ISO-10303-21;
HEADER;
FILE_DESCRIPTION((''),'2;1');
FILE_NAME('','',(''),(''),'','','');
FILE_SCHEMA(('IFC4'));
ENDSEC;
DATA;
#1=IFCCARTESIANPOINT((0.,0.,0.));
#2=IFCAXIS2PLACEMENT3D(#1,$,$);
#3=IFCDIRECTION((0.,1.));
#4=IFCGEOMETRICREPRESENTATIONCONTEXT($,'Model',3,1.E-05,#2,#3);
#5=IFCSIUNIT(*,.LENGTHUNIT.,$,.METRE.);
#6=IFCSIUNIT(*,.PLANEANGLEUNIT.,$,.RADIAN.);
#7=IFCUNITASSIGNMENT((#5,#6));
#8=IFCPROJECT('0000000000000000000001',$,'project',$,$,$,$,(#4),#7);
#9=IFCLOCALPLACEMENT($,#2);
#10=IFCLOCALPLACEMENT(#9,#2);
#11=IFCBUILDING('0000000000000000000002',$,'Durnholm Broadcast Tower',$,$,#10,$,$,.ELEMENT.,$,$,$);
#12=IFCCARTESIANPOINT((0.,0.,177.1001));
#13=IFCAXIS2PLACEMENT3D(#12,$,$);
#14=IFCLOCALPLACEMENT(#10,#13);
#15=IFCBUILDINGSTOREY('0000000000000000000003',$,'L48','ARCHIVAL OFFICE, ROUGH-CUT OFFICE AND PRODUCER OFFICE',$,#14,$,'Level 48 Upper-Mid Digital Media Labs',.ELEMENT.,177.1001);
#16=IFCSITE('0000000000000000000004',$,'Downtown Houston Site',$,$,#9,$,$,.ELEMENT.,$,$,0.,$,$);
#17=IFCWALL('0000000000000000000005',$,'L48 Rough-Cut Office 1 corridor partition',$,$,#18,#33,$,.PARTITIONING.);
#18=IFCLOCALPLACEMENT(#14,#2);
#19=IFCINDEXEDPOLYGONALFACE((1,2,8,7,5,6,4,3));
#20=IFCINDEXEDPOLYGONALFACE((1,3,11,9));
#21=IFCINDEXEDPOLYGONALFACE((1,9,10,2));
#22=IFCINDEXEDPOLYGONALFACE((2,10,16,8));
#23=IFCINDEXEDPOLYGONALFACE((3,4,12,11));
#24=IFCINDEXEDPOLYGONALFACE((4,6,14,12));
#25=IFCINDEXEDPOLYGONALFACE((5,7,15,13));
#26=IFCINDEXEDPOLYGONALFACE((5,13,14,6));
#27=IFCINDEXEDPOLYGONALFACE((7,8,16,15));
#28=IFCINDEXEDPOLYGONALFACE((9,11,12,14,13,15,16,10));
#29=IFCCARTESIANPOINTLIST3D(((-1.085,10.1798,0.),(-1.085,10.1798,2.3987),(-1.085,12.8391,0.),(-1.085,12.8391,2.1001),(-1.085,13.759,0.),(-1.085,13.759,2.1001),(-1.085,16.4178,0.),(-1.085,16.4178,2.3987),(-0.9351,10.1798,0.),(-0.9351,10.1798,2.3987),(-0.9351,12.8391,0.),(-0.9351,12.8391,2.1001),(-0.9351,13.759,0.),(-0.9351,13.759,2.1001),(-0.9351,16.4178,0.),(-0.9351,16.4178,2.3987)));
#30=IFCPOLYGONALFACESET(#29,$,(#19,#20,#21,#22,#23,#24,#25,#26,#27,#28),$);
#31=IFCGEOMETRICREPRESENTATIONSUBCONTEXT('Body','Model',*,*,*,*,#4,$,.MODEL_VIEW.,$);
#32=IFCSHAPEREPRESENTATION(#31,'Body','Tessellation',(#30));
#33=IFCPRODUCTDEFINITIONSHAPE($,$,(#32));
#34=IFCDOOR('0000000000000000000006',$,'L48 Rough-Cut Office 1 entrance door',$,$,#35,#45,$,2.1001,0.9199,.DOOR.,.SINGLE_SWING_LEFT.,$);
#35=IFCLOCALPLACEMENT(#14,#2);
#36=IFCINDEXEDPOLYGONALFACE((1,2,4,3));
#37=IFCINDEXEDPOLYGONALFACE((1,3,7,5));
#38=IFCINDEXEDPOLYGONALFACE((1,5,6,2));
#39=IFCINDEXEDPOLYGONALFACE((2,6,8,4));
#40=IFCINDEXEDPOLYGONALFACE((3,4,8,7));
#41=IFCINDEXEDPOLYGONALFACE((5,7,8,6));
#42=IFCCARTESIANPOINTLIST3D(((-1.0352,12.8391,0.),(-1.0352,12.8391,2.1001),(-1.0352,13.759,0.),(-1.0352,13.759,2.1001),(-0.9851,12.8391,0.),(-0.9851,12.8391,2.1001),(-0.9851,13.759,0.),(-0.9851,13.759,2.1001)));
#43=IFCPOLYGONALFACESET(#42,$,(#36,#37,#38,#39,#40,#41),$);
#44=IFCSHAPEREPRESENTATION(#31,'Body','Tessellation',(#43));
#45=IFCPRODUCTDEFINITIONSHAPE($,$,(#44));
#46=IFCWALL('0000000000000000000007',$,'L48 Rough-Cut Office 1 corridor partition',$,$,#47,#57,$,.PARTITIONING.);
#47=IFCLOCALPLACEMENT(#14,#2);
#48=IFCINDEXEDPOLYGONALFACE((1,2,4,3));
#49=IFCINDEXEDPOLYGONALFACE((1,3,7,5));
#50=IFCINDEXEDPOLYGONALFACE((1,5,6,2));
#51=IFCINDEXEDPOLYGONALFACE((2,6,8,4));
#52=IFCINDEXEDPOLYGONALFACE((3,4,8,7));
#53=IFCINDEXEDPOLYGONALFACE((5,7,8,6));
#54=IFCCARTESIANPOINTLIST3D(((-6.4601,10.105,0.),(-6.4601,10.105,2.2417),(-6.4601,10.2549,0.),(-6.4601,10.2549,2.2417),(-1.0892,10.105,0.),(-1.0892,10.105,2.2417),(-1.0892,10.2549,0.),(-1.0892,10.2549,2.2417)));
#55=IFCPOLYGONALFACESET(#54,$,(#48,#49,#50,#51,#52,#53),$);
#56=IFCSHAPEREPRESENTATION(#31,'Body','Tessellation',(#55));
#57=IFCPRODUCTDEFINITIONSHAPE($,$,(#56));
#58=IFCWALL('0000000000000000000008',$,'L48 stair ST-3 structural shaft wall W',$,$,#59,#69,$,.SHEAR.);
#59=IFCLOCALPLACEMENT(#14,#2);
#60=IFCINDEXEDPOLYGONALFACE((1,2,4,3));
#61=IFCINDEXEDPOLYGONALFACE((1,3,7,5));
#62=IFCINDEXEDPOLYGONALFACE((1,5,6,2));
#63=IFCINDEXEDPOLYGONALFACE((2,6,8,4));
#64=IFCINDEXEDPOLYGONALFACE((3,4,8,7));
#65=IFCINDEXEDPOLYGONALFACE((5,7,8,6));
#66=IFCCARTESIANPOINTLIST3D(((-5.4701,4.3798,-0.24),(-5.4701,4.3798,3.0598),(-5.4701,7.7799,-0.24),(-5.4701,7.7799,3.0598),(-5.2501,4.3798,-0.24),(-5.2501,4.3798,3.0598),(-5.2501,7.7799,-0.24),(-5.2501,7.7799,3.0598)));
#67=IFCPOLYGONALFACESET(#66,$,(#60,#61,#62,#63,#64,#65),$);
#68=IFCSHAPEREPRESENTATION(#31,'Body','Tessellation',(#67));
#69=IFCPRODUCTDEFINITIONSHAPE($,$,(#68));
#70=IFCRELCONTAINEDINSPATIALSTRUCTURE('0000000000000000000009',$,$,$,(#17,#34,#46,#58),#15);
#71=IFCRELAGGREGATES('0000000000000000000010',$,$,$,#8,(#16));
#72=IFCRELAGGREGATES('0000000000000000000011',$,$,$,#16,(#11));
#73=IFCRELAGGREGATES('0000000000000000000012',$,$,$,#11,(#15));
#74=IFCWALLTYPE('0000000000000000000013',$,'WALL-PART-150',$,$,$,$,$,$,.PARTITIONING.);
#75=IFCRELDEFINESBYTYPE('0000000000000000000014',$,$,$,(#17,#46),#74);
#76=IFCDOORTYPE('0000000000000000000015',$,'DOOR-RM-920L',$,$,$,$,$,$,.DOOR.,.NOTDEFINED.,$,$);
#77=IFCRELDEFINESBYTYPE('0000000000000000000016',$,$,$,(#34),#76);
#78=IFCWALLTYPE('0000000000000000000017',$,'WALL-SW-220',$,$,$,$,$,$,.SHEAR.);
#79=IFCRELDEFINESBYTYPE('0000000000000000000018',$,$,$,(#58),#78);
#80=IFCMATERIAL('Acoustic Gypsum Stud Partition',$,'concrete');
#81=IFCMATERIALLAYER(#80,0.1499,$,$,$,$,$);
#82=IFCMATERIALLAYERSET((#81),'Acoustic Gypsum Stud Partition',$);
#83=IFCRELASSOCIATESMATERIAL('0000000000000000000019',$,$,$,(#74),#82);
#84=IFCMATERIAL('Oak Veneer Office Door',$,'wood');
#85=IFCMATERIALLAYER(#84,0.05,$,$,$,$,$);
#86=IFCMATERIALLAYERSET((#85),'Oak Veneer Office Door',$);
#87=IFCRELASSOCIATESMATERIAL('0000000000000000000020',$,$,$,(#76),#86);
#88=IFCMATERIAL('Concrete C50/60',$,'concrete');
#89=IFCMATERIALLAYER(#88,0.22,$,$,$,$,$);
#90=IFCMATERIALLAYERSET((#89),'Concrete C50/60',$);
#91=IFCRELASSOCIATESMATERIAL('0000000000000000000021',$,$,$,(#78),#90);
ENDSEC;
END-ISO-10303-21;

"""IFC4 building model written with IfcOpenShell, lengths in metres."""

from ifc_helpers import new_model, si_unit, direction, frame, frame_2d, origin, place, context, subcontext, project, spatial, rectangle, extrude, source, transform, mapped, material, layer, layer_set, type_object, type_shapes, element, fill, save


model = new_model("IFC4")

# Units and contexts
model_context = context("Model", 3, precision=1e-05, world=origin(), true_north=direction((0.0, 1.0)))
body_context = subcontext(model_context, "Body", "Model", "MODEL_VIEW")
ifc_project = project(units=[si_unit("LENGTHUNIT", "METRE"), si_unit("PLANEANGLEUNIT", "RADIAN")], contexts=[model_context])

# Site, building, storey
site_placement = place(None, origin())
site = spatial("IfcSite", under=ifc_project, at=site_placement, Name="Downtown Houston Site", CompositionType="ELEMENT", RefElevation=0.0)
building_placement = place(site_placement, origin())
building = spatial("IfcBuilding", under=site, at=building_placement, Name="Durnholm Broadcast Tower", CompositionType="ELEMENT")
storey_placement = place(building_placement, frame((0.0, 0.0, 177.1001)))
storey = spatial("IfcBuildingStorey", under=building, at=storey_placement, Name="L48", Description="ARCHIVAL OFFICE, ROUGH-CUT OFFICE AND PRODUCER OFFICE", LongName="Level 48 Upper-Mid Digital Media Labs", CompositionType="ELEMENT", Elevation=177.1001)

# Wall, opening, door
ifc_material_1 = material(Name="Acoustic Gypsum Stud Partition", Category="concrete")
ifc_layer_1 = layer(ifc_material_1, 0.1499)
ifc_layer_set_1 = layer_set([ifc_layer_1], Name="Acoustic Gypsum Stud Partition")
wall_type_1 = type_object("IfcWallType", Name="WALL-PART-150", PredefinedType="PARTITIONING", material=ifc_layer_set_1)
wall_1_placement = place(storey_placement, frame((-1.01, 16.418, 0.0), z_axis=(0.0, 0.0, 1.0), x_axis=(0.0, -1.0, 0.0)))
wall_1 = element("IfcWall", 1, at=wall_1_placement, inside=storey, type_object=wall_type_1, Name="L48 Rough-Cut Office 1 corridor partition", PredefinedType="PARTITIONING", context=body_context, shape_type="SweptSolid", body=[
    extrude(rectangle(XDim=6.238, YDim=0.1499, at=frame_2d((3.1191, 0.0))), origin(), (0.0, 0.0, 1.0), 2.3987),
])
opening_1_placement = place(wall_1_placement, frame((2.6589, 0.0, 0.0)))
opening_1 = element("IfcOpeningElement", 2, at=opening_1_placement, cuts=wall_1, PredefinedType="OPENING", context=body_context, shape_type="SweptSolid", body=[
    extrude(rectangle(XDim=0.9199, YDim=2.1001, at=frame_2d((0.46, 1.05))), frame((0.0, 0.085, 0.0), z_axis=(0.0, -1.0, 0.0), x_axis=(1.0, 0.0, 0.0)), (0.0, 0.0, 1.0), 0.1699),
])
ifc_material_2 = material(Name="Oak Veneer Office Door", Category="wood")
ifc_layer_2 = layer(ifc_material_2, 0.05)
ifc_layer_set_2 = layer_set([ifc_layer_2], Name="Oak Veneer Office Door")
door_type_1 = type_object("IfcDoorType", Name="DOOR-RM-920L", OperationType="NOTDEFINED", PredefinedType="DOOR", material=ifc_layer_set_2)
shared_shape_1 = source(origin(), body_context, "Body", "SweptSolid", [
    extrude(rectangle(XDim=0.9199, YDim=2.1001, at=frame_2d((0.46, 1.05))), frame((0.0, 0.0249, 0.0), z_axis=(0.0, -1.0, 0.0), x_axis=(1.0, 0.0, 0.0)), (0.0, 0.0, 1.0), 0.05),
])
type_shapes(door_type_1, [shared_shape_1])
door_1_placement = place(opening_1_placement, origin())
door_1 = element("IfcDoor", 3, at=door_1_placement, inside=storey, type_object=door_type_1, Name="L48 Rough-Cut Office 1 entrance door", OperationType="SINGLE_SWING_LEFT", OverallHeight=2.1001, OverallWidth=0.9199, PredefinedType="DOOR", context=body_context, shape_type="MappedRepresentation", body=[
    mapped(shared_shape_1, transform((0.0, 0.0, 0.0), x_axis=(1.0, 0.0, 0.0), y_axis=(0.0, 1.0, 0.0), z_axis=(0.0, 0.0, 1.0), scale=1.0)),
])
fill(opening_1, door_1)

# Walls
wall_2_placement = place(storey_placement, frame((-1.0891, 10.1799, 0.0), z_axis=(0.0, 0.0, 1.0), x_axis=(-1.0, 0.0, 0.0)))
element("IfcWall", 4, at=wall_2_placement, inside=storey, type_object=wall_type_1, Name="L48 Rough-Cut Office 1 corridor partition", PredefinedType="PARTITIONING", context=body_context, shape_type="SweptSolid", body=[
    extrude(rectangle(XDim=5.3708, YDim=0.1499, at=frame_2d((2.6855, 0.0))), origin(), (0.0, 0.0, 1.0), 2.2417),
])
ifc_material_3 = material(Name="Concrete C50/60", Category="concrete")
ifc_layer_3 = layer(ifc_material_3, 0.22)
ifc_layer_set_3 = layer_set([ifc_layer_3], Name="Concrete C50/60")
wall_type_2 = type_object("IfcWallType", Name="WALL-SW-220", PredefinedType="SHEAR", material=ifc_layer_set_3)
wall_3_placement = place(storey_placement, frame((-5.3601, 7.78, -0.24), z_axis=(0.0, 0.0, 1.0), x_axis=(0.0, -1.0, 0.0)))
element("IfcWall", 5, at=wall_3_placement, inside=storey, type_object=wall_type_2, Name="L48 stair ST-3 structural shaft wall W", PredefinedType="SHEAR", context=body_context, shape_type="SweptSolid", body=[
    extrude(rectangle(XDim=3.4001, YDim=0.22, at=frame_2d((1.7002, 0.0))), origin(), (0.0, 0.0, 1.0), 3.2998),
])

save(model, "model.ifc")
